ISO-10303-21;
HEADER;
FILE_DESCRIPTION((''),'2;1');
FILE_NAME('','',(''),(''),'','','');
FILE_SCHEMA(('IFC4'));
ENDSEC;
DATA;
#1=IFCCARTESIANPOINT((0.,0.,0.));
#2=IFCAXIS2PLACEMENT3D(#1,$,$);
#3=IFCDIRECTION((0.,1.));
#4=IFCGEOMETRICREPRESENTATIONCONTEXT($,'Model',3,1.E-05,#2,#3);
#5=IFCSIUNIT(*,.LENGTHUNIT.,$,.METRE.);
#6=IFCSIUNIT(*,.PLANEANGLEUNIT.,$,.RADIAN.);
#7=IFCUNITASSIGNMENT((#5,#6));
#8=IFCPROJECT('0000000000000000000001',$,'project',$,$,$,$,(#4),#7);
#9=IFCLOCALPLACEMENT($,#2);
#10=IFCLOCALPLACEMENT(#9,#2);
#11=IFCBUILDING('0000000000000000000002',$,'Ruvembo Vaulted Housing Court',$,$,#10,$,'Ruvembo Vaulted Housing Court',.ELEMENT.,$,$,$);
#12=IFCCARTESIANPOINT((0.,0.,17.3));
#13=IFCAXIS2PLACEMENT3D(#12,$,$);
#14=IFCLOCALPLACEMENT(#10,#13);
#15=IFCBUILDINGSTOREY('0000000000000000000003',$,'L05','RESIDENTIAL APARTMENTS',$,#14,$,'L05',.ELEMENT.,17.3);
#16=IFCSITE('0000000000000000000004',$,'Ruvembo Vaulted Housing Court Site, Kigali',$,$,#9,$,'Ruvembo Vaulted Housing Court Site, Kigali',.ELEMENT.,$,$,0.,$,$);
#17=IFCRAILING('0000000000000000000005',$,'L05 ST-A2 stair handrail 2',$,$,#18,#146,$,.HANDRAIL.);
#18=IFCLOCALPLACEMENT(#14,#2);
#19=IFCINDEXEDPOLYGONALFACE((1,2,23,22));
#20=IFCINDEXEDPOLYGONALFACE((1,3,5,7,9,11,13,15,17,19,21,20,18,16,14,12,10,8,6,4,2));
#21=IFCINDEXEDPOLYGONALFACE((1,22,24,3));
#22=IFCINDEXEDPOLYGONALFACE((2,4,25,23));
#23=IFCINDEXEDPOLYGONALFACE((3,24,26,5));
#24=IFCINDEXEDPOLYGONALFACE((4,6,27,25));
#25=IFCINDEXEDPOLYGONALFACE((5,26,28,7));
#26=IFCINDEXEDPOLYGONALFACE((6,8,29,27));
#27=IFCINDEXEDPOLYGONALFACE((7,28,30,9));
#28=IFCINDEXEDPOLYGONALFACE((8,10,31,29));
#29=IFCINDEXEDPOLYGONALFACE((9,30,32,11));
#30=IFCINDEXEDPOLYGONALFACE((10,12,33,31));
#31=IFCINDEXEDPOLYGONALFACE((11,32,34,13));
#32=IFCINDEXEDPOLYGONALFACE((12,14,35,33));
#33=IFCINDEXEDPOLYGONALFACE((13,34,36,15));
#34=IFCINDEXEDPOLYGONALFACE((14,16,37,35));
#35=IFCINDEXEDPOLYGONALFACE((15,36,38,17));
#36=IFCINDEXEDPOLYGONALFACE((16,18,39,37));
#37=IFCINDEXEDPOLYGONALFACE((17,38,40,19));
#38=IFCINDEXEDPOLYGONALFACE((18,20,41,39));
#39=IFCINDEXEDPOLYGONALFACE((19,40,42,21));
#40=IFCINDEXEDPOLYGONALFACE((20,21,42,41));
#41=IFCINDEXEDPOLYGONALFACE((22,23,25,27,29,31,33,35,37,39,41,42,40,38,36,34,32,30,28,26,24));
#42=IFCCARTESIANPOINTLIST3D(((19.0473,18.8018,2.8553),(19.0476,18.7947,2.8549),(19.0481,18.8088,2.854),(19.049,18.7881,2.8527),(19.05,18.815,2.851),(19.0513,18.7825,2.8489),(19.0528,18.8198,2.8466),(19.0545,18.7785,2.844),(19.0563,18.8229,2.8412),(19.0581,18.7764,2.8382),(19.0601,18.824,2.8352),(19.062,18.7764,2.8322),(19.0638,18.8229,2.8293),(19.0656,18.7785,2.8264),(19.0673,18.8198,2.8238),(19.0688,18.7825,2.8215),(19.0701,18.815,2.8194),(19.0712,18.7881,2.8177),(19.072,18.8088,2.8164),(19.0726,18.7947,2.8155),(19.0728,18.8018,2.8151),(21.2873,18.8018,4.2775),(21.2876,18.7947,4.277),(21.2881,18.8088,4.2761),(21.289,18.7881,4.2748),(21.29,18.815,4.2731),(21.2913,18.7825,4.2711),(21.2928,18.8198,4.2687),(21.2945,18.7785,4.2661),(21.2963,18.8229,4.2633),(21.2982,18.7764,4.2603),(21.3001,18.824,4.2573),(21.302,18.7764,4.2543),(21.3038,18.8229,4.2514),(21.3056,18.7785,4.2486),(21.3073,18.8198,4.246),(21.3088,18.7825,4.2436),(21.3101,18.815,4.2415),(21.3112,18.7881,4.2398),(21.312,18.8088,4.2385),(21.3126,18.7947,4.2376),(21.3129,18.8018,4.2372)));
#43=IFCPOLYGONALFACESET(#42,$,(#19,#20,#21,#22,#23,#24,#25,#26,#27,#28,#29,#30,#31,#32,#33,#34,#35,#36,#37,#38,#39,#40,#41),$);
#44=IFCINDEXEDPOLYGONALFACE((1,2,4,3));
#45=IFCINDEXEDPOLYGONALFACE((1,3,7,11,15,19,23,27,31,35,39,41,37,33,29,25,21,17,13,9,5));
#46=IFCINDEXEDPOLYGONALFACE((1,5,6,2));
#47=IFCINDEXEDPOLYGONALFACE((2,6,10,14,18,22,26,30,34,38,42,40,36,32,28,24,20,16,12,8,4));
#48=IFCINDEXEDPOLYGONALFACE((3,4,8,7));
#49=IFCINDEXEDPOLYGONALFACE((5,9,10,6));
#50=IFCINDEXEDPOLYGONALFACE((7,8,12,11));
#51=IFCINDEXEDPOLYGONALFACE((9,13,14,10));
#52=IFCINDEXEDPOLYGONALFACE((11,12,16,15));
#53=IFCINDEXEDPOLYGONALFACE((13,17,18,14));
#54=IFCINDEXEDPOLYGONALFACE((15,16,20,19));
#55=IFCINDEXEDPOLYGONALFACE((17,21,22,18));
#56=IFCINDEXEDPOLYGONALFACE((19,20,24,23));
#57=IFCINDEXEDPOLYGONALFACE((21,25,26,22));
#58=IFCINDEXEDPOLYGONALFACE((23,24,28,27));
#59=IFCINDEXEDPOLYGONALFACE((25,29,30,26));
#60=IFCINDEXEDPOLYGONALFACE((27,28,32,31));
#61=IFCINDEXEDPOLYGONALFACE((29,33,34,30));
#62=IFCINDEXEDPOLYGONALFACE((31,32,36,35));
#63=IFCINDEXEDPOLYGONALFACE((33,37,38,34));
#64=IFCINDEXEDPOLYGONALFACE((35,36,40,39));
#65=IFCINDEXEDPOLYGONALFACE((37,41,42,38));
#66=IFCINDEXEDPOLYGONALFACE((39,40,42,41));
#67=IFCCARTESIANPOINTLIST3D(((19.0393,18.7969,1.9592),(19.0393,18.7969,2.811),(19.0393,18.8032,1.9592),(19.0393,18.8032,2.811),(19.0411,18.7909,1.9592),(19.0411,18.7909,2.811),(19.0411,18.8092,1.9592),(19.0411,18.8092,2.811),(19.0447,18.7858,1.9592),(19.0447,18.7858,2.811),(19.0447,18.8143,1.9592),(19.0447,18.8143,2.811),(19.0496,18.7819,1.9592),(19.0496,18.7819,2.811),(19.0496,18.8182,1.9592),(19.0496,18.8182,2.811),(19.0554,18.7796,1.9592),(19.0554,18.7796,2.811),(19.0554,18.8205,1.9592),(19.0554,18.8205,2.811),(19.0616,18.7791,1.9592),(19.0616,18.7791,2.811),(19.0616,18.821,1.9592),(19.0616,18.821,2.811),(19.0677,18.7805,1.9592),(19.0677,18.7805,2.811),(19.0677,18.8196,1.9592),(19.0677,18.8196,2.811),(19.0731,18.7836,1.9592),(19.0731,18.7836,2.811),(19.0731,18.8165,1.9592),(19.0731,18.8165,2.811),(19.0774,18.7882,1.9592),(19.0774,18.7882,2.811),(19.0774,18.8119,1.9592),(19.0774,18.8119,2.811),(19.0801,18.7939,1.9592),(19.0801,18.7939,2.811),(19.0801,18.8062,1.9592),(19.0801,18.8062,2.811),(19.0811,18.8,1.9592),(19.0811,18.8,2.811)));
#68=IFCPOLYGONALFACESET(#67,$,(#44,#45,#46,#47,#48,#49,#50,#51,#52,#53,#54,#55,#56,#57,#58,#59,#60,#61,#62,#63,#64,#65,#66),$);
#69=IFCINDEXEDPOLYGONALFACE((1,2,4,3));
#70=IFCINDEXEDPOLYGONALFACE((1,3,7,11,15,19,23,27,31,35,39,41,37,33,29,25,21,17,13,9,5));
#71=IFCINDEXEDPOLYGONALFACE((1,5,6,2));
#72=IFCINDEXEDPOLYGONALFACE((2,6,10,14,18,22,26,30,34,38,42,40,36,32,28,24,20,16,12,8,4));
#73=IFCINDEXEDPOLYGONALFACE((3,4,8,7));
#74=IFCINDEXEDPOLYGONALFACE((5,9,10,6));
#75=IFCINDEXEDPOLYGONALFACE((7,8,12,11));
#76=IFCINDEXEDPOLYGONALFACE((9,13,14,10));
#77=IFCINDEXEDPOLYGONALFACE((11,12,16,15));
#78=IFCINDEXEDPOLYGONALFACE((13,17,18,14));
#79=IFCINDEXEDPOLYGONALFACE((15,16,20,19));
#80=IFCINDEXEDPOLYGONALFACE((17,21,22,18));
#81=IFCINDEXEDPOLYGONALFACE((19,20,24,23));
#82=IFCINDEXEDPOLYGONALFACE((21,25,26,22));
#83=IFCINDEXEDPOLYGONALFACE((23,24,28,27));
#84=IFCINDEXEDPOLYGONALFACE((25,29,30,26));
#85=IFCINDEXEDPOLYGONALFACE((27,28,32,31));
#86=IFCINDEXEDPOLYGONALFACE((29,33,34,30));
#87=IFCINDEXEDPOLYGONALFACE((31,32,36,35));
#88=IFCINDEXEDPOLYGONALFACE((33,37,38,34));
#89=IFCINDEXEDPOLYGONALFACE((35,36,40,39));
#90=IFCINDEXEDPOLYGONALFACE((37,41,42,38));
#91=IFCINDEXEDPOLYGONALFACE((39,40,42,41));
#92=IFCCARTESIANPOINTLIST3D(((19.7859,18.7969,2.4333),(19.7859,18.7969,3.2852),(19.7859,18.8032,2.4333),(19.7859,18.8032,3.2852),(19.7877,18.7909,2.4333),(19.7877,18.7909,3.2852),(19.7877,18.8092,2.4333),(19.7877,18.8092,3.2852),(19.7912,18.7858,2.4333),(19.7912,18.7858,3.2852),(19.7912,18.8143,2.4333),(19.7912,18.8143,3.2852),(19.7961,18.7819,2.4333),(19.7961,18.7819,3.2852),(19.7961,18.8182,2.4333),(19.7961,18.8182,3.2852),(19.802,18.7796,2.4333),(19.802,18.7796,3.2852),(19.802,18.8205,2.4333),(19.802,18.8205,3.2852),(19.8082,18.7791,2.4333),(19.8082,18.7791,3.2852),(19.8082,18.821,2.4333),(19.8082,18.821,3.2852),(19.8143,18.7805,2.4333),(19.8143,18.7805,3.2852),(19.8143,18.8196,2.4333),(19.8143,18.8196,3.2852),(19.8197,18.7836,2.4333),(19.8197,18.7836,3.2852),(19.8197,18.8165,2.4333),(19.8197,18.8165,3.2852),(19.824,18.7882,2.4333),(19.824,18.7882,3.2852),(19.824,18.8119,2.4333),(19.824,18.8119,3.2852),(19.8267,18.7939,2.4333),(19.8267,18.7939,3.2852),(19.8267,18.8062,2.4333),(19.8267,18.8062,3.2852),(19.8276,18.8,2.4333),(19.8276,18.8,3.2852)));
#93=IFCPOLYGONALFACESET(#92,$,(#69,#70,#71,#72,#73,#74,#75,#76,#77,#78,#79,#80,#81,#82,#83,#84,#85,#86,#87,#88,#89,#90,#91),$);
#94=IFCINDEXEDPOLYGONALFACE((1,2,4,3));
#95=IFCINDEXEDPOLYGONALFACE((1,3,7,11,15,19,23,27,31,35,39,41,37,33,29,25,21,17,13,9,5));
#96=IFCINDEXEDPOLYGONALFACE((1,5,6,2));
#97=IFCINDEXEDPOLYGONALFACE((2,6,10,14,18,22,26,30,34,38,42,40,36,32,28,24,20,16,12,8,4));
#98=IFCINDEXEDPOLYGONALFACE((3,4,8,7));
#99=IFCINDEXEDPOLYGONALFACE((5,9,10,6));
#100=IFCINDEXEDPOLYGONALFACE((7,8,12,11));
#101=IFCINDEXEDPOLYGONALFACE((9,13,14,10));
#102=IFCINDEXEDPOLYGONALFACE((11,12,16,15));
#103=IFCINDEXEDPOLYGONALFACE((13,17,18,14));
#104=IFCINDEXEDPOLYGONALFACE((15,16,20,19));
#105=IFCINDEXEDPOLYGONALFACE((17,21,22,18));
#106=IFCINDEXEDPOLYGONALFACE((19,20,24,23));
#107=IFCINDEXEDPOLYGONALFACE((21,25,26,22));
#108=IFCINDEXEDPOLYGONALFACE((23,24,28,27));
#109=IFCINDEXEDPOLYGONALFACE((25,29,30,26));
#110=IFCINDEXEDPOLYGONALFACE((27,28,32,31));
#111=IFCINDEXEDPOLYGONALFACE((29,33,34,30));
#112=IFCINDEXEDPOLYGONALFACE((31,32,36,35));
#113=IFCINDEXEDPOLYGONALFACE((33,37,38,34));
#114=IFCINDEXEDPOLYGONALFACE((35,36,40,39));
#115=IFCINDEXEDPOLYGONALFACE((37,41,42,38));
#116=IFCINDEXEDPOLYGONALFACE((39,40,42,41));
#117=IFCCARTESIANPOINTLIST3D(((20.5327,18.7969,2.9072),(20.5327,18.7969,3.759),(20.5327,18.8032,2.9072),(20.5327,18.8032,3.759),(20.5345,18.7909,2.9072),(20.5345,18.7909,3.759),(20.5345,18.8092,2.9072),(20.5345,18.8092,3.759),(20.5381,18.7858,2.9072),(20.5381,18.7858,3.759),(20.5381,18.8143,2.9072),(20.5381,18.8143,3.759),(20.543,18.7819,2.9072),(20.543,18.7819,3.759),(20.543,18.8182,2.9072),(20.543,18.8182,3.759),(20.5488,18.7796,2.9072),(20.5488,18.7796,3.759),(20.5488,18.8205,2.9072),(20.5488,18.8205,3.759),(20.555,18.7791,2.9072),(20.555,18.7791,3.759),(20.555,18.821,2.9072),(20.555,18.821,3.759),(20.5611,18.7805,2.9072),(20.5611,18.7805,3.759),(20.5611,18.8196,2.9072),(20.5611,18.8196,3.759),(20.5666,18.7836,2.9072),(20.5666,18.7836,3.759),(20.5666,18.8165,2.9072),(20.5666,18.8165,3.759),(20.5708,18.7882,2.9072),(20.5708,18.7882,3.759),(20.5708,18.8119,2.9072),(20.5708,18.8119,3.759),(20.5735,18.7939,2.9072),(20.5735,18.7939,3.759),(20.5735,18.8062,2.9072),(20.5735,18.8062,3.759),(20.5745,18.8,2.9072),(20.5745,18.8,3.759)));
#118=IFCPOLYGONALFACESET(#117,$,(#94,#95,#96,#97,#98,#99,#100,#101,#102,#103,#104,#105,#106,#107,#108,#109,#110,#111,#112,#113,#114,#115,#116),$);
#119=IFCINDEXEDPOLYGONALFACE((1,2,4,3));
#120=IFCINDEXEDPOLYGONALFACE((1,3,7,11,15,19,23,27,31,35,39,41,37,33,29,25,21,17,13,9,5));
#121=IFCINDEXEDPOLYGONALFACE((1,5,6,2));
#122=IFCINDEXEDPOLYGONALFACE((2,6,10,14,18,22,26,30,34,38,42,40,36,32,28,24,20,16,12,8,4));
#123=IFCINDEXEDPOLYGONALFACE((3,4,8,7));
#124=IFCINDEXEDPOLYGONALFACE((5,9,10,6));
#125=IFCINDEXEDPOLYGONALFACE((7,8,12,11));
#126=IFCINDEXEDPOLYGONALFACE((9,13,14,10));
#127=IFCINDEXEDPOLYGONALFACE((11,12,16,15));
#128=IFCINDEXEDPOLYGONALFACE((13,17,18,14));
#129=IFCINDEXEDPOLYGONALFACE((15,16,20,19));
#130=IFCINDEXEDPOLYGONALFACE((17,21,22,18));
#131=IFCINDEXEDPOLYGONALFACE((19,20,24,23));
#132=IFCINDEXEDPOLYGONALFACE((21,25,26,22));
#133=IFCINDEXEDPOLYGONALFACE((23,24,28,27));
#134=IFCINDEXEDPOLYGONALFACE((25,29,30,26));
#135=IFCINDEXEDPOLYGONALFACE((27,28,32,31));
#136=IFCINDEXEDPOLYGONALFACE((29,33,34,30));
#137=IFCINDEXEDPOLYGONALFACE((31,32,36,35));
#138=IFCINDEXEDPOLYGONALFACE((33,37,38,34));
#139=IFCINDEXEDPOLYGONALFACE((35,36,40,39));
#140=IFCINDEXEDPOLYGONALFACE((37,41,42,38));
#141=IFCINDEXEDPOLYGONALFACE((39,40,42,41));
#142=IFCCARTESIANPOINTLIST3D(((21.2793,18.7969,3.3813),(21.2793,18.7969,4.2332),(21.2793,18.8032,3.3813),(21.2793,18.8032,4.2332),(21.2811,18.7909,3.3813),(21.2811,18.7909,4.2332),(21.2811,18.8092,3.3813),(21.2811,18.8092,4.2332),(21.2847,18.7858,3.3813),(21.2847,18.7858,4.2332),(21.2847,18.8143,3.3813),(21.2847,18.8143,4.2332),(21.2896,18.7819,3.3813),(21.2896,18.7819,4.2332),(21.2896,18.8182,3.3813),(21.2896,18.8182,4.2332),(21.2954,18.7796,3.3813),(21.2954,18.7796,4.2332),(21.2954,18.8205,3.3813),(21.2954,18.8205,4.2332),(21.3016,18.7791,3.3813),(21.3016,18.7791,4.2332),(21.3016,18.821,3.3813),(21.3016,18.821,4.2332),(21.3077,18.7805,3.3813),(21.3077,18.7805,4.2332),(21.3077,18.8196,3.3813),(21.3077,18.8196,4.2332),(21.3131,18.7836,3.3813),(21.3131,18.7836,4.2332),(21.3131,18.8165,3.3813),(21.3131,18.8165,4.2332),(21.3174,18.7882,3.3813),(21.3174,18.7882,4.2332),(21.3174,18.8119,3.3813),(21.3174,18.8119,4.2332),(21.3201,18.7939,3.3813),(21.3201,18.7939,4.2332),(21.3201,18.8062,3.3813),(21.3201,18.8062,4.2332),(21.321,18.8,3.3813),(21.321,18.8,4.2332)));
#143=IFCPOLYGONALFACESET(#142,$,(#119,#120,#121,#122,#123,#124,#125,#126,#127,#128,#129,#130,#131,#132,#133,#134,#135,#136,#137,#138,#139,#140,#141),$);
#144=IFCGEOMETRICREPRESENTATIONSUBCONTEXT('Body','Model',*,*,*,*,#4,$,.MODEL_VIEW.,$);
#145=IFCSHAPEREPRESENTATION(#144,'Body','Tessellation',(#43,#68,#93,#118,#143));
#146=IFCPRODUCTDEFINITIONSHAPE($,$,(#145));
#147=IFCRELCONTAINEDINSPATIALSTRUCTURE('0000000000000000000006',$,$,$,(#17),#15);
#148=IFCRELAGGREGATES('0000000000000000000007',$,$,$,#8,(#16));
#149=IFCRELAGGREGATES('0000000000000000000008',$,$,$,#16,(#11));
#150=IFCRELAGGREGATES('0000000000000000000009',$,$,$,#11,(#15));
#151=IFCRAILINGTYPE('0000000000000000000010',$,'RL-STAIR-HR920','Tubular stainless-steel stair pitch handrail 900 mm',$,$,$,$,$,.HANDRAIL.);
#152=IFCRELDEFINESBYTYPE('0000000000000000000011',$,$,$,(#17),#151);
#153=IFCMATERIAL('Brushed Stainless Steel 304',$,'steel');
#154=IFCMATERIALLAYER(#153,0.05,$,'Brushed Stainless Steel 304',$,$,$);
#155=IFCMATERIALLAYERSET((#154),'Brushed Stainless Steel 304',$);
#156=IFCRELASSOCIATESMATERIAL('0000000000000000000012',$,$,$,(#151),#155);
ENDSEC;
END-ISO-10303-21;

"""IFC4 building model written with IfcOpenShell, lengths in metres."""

from ifc_helpers import new_model, si_unit, direction, frame, origin, origin_2d, place, context, subcontext, project, spatial, circle, extrude, material, layer, layer_set, type_object, element, save


model = new_model("IFC4")

# Units and contexts
model_context = context("Model", 3, precision=1e-05, world=origin(), true_north=direction((0.0, 1.0)))
body_context = subcontext(model_context, "Body", "Model", "MODEL_VIEW")
ifc_project = project(units=[si_unit("LENGTHUNIT", "METRE"), si_unit("PLANEANGLEUNIT", "RADIAN")], contexts=[model_context])

# Site, building, storey
site_placement = place(None, origin())
site = spatial("IfcSite", under=ifc_project, at=site_placement, Name="Ruvembo Vaulted Housing Court Site, Kigali", LongName="Ruvembo Vaulted Housing Court Site, Kigali", CompositionType="ELEMENT", RefElevation=0.0)
building_placement = place(site_placement, origin())
building = spatial("IfcBuilding", under=site, at=building_placement, Name="Ruvembo Vaulted Housing Court", LongName="Ruvembo Vaulted Housing Court", CompositionType="ELEMENT")
storey_placement = place(building_placement, frame((0.0, 0.0, 17.3)))
storey = spatial("IfcBuildingStorey", under=building, at=storey_placement, Name="L05", Description="RESIDENTIAL APARTMENTS", LongName="L05", CompositionType="ELEMENT", Elevation=17.3)

# Railing
ifc_material_1 = material(Name="Brushed Stainless Steel 304", Category="steel")
ifc_layer_1 = layer(ifc_material_1, 0.05, Name="Brushed Stainless Steel 304")
ifc_layer_set_1 = layer_set([ifc_layer_1], Name="Brushed Stainless Steel 304")
railing_type_1 = type_object("IfcRailingType", Name="RL-STAIR-HR920", Description="Tubular stainless-steel stair pitch handrail 900 mm", PredefinedType="HANDRAIL", material=ifc_layer_set_1)
railing_1_placement = place(storey_placement, frame((19.0601, 18.8, 1.9592)))
element("IfcRailing", 1, at=railing_1_placement, inside=storey, type_object=railing_type_1, Name="L05 ST-A2 stair handrail 2", PredefinedType="HANDRAIL", context=body_context, shape_type="SweptSolid", body=[
    extrude(circle(Radius=0.0239, at=origin_2d()), frame((0.0, 0.0, 0.876), z_axis=(0.844229, 0.0, 0.535982), x_axis=(0.0, 1.0, 0.0)), (0.0, 0.0, 1.0), 2.6533),
    extrude(circle(Radius=0.021, at=origin_2d()), origin(), (0.0, 0.0, 1.0), 0.8518),
    extrude(circle(Radius=0.021, at=origin_2d()), frame((0.7466, 0.0, 0.4741)), (0.0, 0.0, 1.0), 0.8518),
    extrude(circle(Radius=0.021, at=origin_2d()), frame((1.4934, 0.0, 0.948)), (0.0, 0.0, 1.0), 0.8518),
    extrude(circle(Radius=0.021, at=origin_2d()), frame((2.24, 0.0, 1.4221)), (0.0, 0.0, 1.0), 0.8518),
])

save(model, "model.ifc")
